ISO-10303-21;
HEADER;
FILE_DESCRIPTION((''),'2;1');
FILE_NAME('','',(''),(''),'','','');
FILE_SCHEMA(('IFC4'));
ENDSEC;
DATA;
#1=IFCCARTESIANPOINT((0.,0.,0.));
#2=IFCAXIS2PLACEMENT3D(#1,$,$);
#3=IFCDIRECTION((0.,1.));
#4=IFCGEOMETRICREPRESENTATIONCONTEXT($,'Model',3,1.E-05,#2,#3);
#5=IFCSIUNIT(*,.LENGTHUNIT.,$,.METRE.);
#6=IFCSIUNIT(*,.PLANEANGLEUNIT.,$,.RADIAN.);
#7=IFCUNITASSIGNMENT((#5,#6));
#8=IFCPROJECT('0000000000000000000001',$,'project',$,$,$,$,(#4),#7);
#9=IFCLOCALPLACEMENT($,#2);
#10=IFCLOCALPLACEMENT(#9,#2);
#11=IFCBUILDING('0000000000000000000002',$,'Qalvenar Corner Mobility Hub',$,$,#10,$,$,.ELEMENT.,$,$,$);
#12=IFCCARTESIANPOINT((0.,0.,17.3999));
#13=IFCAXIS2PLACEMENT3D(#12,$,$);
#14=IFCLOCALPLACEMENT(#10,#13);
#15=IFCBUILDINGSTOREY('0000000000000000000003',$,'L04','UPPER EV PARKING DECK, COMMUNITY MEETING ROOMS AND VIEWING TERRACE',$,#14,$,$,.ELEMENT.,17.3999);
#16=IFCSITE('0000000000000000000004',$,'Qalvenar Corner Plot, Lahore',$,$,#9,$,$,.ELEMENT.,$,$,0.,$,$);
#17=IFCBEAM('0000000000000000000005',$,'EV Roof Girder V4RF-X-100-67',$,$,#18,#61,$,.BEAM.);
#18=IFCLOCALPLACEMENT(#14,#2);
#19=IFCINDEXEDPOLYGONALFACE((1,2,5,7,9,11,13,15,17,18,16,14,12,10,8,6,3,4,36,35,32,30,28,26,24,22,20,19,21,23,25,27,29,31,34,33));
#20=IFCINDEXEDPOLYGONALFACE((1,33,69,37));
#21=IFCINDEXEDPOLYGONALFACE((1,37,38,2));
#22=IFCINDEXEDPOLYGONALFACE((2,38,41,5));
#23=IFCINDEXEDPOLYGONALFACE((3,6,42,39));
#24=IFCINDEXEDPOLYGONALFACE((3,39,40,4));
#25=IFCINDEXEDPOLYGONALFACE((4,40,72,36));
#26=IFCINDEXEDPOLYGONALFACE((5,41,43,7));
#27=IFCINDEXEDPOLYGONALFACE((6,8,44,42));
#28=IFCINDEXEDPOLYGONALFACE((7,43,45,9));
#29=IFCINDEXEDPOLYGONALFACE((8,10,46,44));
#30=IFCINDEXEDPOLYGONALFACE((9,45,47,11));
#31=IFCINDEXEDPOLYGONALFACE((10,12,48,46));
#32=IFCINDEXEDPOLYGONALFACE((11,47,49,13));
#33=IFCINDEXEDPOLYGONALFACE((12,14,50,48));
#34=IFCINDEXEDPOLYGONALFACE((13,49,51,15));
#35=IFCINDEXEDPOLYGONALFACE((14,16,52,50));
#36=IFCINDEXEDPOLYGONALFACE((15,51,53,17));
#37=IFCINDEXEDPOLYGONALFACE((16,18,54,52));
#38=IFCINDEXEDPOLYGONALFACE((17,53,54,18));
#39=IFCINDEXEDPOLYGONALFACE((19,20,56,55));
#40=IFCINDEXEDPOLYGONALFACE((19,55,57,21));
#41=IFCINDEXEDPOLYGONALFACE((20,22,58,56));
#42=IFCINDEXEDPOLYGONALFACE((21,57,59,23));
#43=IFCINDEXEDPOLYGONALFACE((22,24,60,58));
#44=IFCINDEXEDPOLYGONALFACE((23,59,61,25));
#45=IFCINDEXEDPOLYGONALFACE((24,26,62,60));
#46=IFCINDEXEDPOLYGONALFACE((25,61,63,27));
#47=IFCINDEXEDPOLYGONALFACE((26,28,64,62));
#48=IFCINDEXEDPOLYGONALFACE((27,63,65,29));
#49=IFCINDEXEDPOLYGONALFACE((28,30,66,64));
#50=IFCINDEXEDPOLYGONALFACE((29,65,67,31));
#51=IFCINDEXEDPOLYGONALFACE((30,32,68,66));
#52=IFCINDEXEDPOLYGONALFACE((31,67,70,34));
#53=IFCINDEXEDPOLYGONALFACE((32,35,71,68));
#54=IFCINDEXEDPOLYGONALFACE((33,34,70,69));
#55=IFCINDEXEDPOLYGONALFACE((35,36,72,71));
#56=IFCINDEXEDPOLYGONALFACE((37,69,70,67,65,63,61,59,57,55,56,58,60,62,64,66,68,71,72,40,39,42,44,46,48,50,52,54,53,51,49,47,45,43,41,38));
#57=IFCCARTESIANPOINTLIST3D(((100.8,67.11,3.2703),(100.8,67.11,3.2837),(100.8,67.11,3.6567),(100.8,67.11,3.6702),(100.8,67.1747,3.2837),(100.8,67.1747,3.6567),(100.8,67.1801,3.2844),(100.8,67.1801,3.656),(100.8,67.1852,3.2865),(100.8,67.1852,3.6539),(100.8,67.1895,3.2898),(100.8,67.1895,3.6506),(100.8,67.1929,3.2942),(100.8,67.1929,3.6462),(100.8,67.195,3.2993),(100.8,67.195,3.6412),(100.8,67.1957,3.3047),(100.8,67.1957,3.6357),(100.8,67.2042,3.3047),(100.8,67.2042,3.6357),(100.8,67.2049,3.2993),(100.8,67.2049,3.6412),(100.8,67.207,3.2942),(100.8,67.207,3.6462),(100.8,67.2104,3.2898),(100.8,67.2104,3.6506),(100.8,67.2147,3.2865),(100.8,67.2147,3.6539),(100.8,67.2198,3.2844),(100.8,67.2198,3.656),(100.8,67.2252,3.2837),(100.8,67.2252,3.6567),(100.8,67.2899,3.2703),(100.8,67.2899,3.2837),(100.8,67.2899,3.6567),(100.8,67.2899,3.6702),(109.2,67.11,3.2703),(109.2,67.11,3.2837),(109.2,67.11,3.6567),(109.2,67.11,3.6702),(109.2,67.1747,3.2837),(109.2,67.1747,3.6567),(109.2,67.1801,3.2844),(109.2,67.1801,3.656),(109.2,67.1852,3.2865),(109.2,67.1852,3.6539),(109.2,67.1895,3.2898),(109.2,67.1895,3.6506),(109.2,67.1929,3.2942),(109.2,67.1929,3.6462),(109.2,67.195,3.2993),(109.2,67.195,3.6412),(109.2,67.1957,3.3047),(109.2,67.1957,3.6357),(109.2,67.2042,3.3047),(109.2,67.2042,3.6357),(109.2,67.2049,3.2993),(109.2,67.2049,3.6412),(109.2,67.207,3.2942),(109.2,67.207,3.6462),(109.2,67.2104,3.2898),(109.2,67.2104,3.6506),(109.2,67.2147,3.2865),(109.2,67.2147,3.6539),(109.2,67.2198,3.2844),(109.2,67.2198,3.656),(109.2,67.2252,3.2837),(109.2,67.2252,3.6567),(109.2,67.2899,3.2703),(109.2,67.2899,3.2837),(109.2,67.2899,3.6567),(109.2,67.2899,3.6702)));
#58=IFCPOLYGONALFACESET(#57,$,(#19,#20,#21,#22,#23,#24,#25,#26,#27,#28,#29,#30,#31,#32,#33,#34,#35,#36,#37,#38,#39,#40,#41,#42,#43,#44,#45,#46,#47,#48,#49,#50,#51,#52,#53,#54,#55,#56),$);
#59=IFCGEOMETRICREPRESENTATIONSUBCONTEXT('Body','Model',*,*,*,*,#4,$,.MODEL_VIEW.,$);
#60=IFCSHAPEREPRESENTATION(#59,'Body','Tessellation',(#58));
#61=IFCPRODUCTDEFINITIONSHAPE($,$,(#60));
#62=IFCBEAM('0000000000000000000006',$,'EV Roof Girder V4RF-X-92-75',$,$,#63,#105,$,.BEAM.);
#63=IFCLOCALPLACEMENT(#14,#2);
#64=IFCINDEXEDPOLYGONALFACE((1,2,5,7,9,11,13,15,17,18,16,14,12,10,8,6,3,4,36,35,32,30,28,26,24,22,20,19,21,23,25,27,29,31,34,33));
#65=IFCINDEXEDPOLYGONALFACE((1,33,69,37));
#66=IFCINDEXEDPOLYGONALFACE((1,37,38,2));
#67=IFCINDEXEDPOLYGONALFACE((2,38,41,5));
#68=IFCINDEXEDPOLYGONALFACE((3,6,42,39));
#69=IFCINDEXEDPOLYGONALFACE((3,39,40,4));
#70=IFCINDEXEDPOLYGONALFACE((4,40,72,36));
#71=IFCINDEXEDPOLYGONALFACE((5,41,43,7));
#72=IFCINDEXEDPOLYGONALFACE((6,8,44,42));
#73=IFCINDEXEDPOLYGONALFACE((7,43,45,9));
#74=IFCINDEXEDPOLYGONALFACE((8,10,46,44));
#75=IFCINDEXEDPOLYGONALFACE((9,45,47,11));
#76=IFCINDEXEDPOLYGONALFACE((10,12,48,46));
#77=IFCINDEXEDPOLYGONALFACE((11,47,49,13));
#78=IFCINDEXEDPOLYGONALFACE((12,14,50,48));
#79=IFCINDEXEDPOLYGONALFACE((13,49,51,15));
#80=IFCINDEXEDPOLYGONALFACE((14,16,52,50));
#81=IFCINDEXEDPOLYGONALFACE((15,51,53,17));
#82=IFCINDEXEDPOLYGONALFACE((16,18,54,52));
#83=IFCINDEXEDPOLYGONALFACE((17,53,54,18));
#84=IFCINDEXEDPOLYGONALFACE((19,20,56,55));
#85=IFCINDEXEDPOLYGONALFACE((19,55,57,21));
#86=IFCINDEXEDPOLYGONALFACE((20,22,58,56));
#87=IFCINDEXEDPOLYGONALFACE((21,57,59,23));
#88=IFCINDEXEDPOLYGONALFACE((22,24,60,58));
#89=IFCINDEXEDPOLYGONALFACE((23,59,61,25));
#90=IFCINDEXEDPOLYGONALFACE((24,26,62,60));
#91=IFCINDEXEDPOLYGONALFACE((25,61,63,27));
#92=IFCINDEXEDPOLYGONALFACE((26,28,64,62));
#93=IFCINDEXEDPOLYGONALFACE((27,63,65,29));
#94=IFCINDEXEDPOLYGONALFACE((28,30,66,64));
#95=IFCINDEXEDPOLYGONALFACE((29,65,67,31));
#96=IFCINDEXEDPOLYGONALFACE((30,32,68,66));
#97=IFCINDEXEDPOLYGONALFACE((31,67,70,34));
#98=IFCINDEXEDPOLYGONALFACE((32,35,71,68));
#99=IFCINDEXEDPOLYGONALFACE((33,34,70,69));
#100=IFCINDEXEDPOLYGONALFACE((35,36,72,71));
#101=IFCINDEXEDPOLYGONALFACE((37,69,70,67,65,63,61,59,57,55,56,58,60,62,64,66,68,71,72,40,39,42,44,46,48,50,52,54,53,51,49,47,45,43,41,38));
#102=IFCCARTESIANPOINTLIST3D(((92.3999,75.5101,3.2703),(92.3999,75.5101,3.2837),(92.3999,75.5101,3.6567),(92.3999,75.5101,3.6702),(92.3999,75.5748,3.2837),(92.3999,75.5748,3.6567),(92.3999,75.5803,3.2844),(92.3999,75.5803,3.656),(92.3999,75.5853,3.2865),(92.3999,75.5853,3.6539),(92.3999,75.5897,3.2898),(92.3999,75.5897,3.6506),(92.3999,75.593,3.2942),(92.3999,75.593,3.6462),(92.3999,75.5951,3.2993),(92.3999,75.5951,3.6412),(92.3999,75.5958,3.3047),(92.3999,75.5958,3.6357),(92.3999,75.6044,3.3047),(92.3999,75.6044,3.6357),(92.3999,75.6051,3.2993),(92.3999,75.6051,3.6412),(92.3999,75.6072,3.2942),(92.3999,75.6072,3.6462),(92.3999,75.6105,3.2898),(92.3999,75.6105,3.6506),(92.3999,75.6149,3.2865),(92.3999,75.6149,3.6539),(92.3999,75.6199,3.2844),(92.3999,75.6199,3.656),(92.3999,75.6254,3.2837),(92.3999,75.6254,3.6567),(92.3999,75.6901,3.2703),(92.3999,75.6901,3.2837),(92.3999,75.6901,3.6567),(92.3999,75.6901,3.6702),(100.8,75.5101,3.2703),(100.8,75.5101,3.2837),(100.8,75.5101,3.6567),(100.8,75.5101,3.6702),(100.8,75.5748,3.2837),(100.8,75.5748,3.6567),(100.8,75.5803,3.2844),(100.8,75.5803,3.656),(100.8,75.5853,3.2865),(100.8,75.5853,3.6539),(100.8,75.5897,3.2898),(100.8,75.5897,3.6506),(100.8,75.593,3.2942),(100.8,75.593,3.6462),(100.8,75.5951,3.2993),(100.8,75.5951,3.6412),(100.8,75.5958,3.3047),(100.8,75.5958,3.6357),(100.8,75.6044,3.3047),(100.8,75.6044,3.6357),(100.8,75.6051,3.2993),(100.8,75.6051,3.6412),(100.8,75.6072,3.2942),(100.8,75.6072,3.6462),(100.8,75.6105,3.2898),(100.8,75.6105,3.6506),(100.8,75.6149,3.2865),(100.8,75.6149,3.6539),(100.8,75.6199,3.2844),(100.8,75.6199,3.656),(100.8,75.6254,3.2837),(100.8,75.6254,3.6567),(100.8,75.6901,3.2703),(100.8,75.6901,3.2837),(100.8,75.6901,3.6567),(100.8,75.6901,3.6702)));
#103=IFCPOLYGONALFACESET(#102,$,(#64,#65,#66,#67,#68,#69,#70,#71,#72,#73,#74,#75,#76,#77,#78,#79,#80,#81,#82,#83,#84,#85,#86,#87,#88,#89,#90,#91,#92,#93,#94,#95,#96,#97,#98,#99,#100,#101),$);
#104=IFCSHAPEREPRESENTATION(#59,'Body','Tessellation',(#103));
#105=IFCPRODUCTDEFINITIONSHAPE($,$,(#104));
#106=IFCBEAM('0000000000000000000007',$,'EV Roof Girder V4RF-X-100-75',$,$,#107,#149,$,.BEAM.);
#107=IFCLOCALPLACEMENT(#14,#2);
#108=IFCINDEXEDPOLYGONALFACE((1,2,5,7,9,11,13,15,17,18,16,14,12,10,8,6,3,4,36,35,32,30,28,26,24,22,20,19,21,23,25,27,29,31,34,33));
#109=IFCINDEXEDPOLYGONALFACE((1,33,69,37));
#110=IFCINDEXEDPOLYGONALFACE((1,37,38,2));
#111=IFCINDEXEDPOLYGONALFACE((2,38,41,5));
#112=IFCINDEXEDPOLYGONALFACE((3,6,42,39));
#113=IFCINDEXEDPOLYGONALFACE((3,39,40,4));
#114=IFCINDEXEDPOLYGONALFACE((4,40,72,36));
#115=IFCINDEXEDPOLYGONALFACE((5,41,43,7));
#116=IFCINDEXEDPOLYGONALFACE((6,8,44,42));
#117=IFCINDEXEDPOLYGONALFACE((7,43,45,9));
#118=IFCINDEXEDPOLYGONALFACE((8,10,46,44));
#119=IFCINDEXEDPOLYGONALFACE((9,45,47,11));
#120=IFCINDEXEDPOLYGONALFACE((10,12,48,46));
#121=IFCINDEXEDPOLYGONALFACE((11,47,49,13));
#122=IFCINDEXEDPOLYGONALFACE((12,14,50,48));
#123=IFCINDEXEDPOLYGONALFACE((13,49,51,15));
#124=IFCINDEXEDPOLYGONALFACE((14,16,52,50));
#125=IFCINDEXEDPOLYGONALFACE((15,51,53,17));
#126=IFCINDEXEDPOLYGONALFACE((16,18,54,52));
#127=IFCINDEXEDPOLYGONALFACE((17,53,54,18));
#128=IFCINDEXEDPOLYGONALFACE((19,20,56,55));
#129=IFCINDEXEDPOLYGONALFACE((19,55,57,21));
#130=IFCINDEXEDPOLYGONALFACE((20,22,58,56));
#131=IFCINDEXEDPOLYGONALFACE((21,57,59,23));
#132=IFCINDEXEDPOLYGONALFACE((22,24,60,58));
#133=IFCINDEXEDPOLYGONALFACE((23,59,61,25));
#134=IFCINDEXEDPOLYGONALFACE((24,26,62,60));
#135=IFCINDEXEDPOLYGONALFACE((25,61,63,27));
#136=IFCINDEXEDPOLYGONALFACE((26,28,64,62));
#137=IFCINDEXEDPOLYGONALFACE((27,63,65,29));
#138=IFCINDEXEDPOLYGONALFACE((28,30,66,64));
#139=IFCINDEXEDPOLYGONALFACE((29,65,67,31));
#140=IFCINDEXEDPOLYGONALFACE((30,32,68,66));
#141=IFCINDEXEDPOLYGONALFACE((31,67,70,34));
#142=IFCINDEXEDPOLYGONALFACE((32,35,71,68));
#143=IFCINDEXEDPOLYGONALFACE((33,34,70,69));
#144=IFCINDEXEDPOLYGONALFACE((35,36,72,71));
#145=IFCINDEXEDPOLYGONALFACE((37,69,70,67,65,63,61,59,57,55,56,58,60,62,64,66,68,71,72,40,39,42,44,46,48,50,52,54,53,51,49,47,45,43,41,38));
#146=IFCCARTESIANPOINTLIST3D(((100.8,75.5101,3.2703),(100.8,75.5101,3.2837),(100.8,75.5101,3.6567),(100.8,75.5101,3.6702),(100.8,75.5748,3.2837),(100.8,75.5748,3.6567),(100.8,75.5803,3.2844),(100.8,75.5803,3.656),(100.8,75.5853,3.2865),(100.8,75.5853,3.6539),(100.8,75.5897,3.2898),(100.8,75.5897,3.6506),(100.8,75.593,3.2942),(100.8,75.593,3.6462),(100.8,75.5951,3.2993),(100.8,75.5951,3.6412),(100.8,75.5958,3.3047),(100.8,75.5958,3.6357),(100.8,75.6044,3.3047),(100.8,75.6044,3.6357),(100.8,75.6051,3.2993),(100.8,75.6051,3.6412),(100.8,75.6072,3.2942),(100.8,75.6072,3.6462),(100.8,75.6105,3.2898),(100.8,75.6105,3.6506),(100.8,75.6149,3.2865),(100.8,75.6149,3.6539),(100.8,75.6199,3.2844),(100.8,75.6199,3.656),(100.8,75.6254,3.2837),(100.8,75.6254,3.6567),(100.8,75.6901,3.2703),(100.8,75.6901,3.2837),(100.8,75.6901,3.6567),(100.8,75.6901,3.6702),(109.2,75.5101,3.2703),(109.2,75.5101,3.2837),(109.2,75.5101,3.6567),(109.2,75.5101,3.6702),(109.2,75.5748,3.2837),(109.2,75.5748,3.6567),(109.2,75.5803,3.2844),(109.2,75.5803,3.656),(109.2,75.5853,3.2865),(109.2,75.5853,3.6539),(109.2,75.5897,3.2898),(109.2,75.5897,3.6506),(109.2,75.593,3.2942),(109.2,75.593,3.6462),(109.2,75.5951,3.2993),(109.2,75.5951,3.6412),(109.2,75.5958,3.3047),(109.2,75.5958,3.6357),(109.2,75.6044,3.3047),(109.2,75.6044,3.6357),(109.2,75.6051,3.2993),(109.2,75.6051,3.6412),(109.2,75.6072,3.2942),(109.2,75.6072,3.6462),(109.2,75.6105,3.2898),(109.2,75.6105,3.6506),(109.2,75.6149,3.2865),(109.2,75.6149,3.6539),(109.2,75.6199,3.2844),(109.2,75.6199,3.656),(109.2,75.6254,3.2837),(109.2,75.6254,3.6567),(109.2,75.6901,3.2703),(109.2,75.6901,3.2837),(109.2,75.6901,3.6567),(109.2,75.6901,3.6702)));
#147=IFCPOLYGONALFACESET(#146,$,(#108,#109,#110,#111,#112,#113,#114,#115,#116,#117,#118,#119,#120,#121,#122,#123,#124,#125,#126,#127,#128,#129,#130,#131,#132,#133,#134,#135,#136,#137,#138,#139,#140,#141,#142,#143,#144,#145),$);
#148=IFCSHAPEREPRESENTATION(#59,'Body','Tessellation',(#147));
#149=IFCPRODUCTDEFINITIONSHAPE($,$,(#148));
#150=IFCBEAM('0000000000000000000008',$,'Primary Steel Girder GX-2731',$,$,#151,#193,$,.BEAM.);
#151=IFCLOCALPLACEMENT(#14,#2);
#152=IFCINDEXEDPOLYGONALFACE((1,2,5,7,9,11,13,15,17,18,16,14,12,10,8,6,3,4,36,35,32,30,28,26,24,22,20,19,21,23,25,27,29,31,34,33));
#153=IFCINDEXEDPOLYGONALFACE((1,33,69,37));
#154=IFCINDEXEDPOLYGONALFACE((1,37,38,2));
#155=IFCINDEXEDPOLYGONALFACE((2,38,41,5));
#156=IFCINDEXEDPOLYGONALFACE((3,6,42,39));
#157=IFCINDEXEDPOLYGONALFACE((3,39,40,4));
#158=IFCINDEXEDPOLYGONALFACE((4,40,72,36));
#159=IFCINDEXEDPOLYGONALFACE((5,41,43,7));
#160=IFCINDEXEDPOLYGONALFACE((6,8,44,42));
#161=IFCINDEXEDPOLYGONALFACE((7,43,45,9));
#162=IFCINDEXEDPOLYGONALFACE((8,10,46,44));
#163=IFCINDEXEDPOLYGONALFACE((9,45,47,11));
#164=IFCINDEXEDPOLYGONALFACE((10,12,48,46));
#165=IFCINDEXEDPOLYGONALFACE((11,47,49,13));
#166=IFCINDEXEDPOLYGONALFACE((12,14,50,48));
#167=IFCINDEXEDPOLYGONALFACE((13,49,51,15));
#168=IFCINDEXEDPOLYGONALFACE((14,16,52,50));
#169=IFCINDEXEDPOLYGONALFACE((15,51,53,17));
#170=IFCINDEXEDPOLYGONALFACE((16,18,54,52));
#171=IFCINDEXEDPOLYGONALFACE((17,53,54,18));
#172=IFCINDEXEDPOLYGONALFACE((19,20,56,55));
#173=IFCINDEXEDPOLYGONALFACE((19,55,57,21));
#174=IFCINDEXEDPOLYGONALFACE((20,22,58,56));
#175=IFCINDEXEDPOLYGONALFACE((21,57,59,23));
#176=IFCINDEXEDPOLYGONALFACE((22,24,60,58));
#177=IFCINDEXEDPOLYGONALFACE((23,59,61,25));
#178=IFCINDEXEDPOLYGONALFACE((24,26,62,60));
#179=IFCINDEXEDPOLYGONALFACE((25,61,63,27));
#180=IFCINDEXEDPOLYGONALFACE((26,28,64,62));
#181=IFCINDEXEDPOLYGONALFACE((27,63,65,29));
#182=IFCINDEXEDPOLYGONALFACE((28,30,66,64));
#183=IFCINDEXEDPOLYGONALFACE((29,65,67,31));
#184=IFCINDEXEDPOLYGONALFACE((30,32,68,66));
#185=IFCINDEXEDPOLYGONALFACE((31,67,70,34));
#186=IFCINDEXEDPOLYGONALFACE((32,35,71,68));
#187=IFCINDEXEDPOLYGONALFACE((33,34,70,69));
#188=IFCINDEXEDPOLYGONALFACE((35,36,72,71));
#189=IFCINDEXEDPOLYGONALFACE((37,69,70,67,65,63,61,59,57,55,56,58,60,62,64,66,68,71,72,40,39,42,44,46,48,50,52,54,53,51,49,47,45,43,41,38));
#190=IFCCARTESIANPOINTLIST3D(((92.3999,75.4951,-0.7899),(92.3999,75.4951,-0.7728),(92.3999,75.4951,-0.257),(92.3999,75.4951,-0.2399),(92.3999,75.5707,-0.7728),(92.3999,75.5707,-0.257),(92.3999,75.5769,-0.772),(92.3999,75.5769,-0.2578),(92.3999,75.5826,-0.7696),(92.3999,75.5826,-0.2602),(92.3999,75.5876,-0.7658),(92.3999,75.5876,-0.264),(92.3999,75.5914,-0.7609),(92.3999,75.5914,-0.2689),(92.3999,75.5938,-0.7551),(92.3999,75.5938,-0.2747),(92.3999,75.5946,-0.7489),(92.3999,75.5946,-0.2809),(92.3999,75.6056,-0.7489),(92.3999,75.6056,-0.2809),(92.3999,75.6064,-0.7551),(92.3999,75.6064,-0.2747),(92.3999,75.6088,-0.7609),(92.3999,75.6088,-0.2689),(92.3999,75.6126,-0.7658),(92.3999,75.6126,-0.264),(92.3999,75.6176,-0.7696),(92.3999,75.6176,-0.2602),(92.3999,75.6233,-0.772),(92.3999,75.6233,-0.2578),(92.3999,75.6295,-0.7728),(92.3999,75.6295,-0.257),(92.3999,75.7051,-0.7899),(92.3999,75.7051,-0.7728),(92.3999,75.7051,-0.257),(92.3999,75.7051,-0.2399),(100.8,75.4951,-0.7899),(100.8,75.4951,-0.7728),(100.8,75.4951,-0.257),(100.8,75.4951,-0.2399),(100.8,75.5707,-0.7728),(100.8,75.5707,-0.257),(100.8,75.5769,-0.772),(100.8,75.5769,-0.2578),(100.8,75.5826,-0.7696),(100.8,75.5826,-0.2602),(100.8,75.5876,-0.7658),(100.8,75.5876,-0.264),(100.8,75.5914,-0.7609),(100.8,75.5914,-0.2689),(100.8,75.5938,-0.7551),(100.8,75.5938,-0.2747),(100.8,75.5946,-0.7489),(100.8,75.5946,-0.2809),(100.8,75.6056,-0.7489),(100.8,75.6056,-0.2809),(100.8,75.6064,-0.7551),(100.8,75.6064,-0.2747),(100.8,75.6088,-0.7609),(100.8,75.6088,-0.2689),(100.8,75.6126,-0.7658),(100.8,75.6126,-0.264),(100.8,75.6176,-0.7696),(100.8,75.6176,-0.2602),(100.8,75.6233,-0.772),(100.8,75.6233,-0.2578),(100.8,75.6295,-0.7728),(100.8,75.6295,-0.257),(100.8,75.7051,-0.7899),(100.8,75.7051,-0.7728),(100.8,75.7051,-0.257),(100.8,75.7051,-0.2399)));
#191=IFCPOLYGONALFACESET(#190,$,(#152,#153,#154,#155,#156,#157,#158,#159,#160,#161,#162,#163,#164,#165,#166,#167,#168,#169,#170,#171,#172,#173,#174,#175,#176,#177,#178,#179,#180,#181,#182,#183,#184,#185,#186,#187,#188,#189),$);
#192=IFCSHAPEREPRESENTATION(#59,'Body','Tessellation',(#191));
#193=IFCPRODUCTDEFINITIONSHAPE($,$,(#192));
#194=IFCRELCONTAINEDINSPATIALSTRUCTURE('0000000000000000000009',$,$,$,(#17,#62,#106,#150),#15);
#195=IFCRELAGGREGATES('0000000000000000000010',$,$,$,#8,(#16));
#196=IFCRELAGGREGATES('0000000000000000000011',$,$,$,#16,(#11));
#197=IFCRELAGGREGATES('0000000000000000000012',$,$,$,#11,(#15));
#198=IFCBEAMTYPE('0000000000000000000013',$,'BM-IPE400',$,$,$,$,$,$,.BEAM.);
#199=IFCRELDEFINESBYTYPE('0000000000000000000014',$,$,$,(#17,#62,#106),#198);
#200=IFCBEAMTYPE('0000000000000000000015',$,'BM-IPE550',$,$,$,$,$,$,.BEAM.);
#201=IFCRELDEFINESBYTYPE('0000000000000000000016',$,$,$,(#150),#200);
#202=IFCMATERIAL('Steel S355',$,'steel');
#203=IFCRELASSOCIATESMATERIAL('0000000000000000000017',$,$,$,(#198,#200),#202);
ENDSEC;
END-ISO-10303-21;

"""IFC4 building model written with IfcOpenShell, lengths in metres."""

from ifc_helpers import new_model, si_unit, direction, frame, origin, origin_2d, place, context, subcontext, project, spatial, i_section, extrude, material, material_profile, profile_set, type_object, element, save


model = new_model("IFC4")

# Units and contexts
model_context = context("Model", 3, precision=1e-05, world=origin(), true_north=direction((0.0, 1.0)))
body_context = subcontext(model_context, "Body", "Model", "MODEL_VIEW")
ifc_project = project(units=[si_unit("LENGTHUNIT", "METRE"), si_unit("PLANEANGLEUNIT", "RADIAN")], contexts=[model_context])

# Site, building, storey
site_placement = place(None, origin())
site = spatial("IfcSite", under=ifc_project, at=site_placement, Name="Qalvenar Corner Plot, Lahore", CompositionType="ELEMENT", RefElevation=0.0)
building_placement = place(site_placement, origin())
building = spatial("IfcBuilding", under=site, at=building_placement, Name="Qalvenar Corner Mobility Hub", CompositionType="ELEMENT")
storey_placement = place(building_placement, frame((0.0, 0.0, 17.3999)))
storey = spatial("IfcBuildingStorey", under=building, at=storey_placement, Name="L04", Description="UPPER EV PARKING DECK, COMMUNITY MEETING ROOMS AND VIEWING TERRACE", CompositionType="ELEMENT", Elevation=17.3999)

# Shared definitions
ifc_material_1 = material(Name="Steel S355", Category="steel")

# Beams
ifc_material_profile_1 = material_profile(ifc_material_1, i_section(OverallWidth=0.1799, OverallDepth=0.3999, WebThickness=0.0085, FlangeThickness=0.0134, FilletRadius=0.021, at=origin_2d()), Name="IPE400")
ifc_profile_set_1 = profile_set([ifc_material_profile_1], Name="Steel S355")
beam_type_1 = type_object("IfcBeamType", Name="BM-IPE400", PredefinedType="BEAM", material=ifc_profile_set_1)
for number, where, z_axis, x_axis, name in (
    (1, (100.8, 67.2, 3.4702), (1.0, 0.0, 0.0), (0.0, 1.0, 0.0), "EV Roof Girder V4RF-X-100-67"),
):
    element("IfcBeam", number, at=place(storey_placement, frame(where, z_axis=z_axis, x_axis=x_axis)), inside=storey, type_object=beam_type_1, Name=name, PredefinedType="BEAM", context=body_context, shape_type="SweptSolid", body=[
        extrude(i_section(OverallWidth=0.1799, OverallDepth=0.3999, WebThickness=0.0085, FlangeThickness=0.0134, FilletRadius=0.021, at=origin_2d()), origin(), (0.0, 0.0, 1.0), 8.3999),
    ])
beam_1_placement = place(storey_placement, frame((92.3999, 75.6001, 3.4702), z_axis=(1.0, 0.0, 0.0), x_axis=(0.0, 1.0, 0.0)))
element("IfcBeam", 2, at=beam_1_placement, inside=storey, type_object=beam_type_1, Name="EV Roof Girder V4RF-X-92-75", PredefinedType="BEAM", context=body_context, shape_type="SweptSolid", body=[
    extrude(i_section(OverallWidth=0.1799, OverallDepth=0.3999, WebThickness=0.0085, FlangeThickness=0.0134, FilletRadius=0.021, at=origin_2d()), origin(), (0.0, 0.0, 1.0), 8.4001),
])
beam_2_placement = place(storey_placement, frame((100.8, 75.6001, 3.4702), z_axis=(1.0, 0.0, 0.0), x_axis=(0.0, 1.0, 0.0)))
element("IfcBeam", 3, at=beam_2_placement, inside=storey, type_object=beam_type_1, Name="EV Roof Girder V4RF-X-100-75", PredefinedType="BEAM", context=body_context, shape_type="SweptSolid", body=[
    extrude(i_section(OverallWidth=0.1799, OverallDepth=0.3999, WebThickness=0.0085, FlangeThickness=0.0134, FilletRadius=0.021, at=origin_2d()), origin(), (0.0, 0.0, 1.0), 8.3999),
])
ifc_material_profile_2 = material_profile(ifc_material_1, i_section(OverallWidth=0.21, OverallDepth=0.55, WebThickness=0.011, FlangeThickness=0.0171, FilletRadius=0.0239, at=origin_2d()), Name="IPE550")
ifc_profile_set_2 = profile_set([ifc_material_profile_2], Name="Steel S355")
beam_type_2 = type_object("IfcBeamType", Name="BM-IPE550", PredefinedType="BEAM", material=ifc_profile_set_2)
beam_3_placement = place(storey_placement, frame((92.3999, 75.6001, -0.5149), z_axis=(1.0, 0.0, 0.0), x_axis=(0.0, 1.0, 0.0)))
element("IfcBeam", 4, at=beam_3_placement, inside=storey, type_object=beam_type_2, Name="Primary Steel Girder GX-2731", PredefinedType="BEAM", context=body_context, shape_type="SweptSolid", body=[
    extrude(i_section(OverallWidth=0.21, OverallDepth=0.55, WebThickness=0.011, FlangeThickness=0.0171, FilletRadius=0.0239, at=origin_2d()), origin(), (0.0, 0.0, 1.0), 8.4001),
])

save(model, "model.ifc")
